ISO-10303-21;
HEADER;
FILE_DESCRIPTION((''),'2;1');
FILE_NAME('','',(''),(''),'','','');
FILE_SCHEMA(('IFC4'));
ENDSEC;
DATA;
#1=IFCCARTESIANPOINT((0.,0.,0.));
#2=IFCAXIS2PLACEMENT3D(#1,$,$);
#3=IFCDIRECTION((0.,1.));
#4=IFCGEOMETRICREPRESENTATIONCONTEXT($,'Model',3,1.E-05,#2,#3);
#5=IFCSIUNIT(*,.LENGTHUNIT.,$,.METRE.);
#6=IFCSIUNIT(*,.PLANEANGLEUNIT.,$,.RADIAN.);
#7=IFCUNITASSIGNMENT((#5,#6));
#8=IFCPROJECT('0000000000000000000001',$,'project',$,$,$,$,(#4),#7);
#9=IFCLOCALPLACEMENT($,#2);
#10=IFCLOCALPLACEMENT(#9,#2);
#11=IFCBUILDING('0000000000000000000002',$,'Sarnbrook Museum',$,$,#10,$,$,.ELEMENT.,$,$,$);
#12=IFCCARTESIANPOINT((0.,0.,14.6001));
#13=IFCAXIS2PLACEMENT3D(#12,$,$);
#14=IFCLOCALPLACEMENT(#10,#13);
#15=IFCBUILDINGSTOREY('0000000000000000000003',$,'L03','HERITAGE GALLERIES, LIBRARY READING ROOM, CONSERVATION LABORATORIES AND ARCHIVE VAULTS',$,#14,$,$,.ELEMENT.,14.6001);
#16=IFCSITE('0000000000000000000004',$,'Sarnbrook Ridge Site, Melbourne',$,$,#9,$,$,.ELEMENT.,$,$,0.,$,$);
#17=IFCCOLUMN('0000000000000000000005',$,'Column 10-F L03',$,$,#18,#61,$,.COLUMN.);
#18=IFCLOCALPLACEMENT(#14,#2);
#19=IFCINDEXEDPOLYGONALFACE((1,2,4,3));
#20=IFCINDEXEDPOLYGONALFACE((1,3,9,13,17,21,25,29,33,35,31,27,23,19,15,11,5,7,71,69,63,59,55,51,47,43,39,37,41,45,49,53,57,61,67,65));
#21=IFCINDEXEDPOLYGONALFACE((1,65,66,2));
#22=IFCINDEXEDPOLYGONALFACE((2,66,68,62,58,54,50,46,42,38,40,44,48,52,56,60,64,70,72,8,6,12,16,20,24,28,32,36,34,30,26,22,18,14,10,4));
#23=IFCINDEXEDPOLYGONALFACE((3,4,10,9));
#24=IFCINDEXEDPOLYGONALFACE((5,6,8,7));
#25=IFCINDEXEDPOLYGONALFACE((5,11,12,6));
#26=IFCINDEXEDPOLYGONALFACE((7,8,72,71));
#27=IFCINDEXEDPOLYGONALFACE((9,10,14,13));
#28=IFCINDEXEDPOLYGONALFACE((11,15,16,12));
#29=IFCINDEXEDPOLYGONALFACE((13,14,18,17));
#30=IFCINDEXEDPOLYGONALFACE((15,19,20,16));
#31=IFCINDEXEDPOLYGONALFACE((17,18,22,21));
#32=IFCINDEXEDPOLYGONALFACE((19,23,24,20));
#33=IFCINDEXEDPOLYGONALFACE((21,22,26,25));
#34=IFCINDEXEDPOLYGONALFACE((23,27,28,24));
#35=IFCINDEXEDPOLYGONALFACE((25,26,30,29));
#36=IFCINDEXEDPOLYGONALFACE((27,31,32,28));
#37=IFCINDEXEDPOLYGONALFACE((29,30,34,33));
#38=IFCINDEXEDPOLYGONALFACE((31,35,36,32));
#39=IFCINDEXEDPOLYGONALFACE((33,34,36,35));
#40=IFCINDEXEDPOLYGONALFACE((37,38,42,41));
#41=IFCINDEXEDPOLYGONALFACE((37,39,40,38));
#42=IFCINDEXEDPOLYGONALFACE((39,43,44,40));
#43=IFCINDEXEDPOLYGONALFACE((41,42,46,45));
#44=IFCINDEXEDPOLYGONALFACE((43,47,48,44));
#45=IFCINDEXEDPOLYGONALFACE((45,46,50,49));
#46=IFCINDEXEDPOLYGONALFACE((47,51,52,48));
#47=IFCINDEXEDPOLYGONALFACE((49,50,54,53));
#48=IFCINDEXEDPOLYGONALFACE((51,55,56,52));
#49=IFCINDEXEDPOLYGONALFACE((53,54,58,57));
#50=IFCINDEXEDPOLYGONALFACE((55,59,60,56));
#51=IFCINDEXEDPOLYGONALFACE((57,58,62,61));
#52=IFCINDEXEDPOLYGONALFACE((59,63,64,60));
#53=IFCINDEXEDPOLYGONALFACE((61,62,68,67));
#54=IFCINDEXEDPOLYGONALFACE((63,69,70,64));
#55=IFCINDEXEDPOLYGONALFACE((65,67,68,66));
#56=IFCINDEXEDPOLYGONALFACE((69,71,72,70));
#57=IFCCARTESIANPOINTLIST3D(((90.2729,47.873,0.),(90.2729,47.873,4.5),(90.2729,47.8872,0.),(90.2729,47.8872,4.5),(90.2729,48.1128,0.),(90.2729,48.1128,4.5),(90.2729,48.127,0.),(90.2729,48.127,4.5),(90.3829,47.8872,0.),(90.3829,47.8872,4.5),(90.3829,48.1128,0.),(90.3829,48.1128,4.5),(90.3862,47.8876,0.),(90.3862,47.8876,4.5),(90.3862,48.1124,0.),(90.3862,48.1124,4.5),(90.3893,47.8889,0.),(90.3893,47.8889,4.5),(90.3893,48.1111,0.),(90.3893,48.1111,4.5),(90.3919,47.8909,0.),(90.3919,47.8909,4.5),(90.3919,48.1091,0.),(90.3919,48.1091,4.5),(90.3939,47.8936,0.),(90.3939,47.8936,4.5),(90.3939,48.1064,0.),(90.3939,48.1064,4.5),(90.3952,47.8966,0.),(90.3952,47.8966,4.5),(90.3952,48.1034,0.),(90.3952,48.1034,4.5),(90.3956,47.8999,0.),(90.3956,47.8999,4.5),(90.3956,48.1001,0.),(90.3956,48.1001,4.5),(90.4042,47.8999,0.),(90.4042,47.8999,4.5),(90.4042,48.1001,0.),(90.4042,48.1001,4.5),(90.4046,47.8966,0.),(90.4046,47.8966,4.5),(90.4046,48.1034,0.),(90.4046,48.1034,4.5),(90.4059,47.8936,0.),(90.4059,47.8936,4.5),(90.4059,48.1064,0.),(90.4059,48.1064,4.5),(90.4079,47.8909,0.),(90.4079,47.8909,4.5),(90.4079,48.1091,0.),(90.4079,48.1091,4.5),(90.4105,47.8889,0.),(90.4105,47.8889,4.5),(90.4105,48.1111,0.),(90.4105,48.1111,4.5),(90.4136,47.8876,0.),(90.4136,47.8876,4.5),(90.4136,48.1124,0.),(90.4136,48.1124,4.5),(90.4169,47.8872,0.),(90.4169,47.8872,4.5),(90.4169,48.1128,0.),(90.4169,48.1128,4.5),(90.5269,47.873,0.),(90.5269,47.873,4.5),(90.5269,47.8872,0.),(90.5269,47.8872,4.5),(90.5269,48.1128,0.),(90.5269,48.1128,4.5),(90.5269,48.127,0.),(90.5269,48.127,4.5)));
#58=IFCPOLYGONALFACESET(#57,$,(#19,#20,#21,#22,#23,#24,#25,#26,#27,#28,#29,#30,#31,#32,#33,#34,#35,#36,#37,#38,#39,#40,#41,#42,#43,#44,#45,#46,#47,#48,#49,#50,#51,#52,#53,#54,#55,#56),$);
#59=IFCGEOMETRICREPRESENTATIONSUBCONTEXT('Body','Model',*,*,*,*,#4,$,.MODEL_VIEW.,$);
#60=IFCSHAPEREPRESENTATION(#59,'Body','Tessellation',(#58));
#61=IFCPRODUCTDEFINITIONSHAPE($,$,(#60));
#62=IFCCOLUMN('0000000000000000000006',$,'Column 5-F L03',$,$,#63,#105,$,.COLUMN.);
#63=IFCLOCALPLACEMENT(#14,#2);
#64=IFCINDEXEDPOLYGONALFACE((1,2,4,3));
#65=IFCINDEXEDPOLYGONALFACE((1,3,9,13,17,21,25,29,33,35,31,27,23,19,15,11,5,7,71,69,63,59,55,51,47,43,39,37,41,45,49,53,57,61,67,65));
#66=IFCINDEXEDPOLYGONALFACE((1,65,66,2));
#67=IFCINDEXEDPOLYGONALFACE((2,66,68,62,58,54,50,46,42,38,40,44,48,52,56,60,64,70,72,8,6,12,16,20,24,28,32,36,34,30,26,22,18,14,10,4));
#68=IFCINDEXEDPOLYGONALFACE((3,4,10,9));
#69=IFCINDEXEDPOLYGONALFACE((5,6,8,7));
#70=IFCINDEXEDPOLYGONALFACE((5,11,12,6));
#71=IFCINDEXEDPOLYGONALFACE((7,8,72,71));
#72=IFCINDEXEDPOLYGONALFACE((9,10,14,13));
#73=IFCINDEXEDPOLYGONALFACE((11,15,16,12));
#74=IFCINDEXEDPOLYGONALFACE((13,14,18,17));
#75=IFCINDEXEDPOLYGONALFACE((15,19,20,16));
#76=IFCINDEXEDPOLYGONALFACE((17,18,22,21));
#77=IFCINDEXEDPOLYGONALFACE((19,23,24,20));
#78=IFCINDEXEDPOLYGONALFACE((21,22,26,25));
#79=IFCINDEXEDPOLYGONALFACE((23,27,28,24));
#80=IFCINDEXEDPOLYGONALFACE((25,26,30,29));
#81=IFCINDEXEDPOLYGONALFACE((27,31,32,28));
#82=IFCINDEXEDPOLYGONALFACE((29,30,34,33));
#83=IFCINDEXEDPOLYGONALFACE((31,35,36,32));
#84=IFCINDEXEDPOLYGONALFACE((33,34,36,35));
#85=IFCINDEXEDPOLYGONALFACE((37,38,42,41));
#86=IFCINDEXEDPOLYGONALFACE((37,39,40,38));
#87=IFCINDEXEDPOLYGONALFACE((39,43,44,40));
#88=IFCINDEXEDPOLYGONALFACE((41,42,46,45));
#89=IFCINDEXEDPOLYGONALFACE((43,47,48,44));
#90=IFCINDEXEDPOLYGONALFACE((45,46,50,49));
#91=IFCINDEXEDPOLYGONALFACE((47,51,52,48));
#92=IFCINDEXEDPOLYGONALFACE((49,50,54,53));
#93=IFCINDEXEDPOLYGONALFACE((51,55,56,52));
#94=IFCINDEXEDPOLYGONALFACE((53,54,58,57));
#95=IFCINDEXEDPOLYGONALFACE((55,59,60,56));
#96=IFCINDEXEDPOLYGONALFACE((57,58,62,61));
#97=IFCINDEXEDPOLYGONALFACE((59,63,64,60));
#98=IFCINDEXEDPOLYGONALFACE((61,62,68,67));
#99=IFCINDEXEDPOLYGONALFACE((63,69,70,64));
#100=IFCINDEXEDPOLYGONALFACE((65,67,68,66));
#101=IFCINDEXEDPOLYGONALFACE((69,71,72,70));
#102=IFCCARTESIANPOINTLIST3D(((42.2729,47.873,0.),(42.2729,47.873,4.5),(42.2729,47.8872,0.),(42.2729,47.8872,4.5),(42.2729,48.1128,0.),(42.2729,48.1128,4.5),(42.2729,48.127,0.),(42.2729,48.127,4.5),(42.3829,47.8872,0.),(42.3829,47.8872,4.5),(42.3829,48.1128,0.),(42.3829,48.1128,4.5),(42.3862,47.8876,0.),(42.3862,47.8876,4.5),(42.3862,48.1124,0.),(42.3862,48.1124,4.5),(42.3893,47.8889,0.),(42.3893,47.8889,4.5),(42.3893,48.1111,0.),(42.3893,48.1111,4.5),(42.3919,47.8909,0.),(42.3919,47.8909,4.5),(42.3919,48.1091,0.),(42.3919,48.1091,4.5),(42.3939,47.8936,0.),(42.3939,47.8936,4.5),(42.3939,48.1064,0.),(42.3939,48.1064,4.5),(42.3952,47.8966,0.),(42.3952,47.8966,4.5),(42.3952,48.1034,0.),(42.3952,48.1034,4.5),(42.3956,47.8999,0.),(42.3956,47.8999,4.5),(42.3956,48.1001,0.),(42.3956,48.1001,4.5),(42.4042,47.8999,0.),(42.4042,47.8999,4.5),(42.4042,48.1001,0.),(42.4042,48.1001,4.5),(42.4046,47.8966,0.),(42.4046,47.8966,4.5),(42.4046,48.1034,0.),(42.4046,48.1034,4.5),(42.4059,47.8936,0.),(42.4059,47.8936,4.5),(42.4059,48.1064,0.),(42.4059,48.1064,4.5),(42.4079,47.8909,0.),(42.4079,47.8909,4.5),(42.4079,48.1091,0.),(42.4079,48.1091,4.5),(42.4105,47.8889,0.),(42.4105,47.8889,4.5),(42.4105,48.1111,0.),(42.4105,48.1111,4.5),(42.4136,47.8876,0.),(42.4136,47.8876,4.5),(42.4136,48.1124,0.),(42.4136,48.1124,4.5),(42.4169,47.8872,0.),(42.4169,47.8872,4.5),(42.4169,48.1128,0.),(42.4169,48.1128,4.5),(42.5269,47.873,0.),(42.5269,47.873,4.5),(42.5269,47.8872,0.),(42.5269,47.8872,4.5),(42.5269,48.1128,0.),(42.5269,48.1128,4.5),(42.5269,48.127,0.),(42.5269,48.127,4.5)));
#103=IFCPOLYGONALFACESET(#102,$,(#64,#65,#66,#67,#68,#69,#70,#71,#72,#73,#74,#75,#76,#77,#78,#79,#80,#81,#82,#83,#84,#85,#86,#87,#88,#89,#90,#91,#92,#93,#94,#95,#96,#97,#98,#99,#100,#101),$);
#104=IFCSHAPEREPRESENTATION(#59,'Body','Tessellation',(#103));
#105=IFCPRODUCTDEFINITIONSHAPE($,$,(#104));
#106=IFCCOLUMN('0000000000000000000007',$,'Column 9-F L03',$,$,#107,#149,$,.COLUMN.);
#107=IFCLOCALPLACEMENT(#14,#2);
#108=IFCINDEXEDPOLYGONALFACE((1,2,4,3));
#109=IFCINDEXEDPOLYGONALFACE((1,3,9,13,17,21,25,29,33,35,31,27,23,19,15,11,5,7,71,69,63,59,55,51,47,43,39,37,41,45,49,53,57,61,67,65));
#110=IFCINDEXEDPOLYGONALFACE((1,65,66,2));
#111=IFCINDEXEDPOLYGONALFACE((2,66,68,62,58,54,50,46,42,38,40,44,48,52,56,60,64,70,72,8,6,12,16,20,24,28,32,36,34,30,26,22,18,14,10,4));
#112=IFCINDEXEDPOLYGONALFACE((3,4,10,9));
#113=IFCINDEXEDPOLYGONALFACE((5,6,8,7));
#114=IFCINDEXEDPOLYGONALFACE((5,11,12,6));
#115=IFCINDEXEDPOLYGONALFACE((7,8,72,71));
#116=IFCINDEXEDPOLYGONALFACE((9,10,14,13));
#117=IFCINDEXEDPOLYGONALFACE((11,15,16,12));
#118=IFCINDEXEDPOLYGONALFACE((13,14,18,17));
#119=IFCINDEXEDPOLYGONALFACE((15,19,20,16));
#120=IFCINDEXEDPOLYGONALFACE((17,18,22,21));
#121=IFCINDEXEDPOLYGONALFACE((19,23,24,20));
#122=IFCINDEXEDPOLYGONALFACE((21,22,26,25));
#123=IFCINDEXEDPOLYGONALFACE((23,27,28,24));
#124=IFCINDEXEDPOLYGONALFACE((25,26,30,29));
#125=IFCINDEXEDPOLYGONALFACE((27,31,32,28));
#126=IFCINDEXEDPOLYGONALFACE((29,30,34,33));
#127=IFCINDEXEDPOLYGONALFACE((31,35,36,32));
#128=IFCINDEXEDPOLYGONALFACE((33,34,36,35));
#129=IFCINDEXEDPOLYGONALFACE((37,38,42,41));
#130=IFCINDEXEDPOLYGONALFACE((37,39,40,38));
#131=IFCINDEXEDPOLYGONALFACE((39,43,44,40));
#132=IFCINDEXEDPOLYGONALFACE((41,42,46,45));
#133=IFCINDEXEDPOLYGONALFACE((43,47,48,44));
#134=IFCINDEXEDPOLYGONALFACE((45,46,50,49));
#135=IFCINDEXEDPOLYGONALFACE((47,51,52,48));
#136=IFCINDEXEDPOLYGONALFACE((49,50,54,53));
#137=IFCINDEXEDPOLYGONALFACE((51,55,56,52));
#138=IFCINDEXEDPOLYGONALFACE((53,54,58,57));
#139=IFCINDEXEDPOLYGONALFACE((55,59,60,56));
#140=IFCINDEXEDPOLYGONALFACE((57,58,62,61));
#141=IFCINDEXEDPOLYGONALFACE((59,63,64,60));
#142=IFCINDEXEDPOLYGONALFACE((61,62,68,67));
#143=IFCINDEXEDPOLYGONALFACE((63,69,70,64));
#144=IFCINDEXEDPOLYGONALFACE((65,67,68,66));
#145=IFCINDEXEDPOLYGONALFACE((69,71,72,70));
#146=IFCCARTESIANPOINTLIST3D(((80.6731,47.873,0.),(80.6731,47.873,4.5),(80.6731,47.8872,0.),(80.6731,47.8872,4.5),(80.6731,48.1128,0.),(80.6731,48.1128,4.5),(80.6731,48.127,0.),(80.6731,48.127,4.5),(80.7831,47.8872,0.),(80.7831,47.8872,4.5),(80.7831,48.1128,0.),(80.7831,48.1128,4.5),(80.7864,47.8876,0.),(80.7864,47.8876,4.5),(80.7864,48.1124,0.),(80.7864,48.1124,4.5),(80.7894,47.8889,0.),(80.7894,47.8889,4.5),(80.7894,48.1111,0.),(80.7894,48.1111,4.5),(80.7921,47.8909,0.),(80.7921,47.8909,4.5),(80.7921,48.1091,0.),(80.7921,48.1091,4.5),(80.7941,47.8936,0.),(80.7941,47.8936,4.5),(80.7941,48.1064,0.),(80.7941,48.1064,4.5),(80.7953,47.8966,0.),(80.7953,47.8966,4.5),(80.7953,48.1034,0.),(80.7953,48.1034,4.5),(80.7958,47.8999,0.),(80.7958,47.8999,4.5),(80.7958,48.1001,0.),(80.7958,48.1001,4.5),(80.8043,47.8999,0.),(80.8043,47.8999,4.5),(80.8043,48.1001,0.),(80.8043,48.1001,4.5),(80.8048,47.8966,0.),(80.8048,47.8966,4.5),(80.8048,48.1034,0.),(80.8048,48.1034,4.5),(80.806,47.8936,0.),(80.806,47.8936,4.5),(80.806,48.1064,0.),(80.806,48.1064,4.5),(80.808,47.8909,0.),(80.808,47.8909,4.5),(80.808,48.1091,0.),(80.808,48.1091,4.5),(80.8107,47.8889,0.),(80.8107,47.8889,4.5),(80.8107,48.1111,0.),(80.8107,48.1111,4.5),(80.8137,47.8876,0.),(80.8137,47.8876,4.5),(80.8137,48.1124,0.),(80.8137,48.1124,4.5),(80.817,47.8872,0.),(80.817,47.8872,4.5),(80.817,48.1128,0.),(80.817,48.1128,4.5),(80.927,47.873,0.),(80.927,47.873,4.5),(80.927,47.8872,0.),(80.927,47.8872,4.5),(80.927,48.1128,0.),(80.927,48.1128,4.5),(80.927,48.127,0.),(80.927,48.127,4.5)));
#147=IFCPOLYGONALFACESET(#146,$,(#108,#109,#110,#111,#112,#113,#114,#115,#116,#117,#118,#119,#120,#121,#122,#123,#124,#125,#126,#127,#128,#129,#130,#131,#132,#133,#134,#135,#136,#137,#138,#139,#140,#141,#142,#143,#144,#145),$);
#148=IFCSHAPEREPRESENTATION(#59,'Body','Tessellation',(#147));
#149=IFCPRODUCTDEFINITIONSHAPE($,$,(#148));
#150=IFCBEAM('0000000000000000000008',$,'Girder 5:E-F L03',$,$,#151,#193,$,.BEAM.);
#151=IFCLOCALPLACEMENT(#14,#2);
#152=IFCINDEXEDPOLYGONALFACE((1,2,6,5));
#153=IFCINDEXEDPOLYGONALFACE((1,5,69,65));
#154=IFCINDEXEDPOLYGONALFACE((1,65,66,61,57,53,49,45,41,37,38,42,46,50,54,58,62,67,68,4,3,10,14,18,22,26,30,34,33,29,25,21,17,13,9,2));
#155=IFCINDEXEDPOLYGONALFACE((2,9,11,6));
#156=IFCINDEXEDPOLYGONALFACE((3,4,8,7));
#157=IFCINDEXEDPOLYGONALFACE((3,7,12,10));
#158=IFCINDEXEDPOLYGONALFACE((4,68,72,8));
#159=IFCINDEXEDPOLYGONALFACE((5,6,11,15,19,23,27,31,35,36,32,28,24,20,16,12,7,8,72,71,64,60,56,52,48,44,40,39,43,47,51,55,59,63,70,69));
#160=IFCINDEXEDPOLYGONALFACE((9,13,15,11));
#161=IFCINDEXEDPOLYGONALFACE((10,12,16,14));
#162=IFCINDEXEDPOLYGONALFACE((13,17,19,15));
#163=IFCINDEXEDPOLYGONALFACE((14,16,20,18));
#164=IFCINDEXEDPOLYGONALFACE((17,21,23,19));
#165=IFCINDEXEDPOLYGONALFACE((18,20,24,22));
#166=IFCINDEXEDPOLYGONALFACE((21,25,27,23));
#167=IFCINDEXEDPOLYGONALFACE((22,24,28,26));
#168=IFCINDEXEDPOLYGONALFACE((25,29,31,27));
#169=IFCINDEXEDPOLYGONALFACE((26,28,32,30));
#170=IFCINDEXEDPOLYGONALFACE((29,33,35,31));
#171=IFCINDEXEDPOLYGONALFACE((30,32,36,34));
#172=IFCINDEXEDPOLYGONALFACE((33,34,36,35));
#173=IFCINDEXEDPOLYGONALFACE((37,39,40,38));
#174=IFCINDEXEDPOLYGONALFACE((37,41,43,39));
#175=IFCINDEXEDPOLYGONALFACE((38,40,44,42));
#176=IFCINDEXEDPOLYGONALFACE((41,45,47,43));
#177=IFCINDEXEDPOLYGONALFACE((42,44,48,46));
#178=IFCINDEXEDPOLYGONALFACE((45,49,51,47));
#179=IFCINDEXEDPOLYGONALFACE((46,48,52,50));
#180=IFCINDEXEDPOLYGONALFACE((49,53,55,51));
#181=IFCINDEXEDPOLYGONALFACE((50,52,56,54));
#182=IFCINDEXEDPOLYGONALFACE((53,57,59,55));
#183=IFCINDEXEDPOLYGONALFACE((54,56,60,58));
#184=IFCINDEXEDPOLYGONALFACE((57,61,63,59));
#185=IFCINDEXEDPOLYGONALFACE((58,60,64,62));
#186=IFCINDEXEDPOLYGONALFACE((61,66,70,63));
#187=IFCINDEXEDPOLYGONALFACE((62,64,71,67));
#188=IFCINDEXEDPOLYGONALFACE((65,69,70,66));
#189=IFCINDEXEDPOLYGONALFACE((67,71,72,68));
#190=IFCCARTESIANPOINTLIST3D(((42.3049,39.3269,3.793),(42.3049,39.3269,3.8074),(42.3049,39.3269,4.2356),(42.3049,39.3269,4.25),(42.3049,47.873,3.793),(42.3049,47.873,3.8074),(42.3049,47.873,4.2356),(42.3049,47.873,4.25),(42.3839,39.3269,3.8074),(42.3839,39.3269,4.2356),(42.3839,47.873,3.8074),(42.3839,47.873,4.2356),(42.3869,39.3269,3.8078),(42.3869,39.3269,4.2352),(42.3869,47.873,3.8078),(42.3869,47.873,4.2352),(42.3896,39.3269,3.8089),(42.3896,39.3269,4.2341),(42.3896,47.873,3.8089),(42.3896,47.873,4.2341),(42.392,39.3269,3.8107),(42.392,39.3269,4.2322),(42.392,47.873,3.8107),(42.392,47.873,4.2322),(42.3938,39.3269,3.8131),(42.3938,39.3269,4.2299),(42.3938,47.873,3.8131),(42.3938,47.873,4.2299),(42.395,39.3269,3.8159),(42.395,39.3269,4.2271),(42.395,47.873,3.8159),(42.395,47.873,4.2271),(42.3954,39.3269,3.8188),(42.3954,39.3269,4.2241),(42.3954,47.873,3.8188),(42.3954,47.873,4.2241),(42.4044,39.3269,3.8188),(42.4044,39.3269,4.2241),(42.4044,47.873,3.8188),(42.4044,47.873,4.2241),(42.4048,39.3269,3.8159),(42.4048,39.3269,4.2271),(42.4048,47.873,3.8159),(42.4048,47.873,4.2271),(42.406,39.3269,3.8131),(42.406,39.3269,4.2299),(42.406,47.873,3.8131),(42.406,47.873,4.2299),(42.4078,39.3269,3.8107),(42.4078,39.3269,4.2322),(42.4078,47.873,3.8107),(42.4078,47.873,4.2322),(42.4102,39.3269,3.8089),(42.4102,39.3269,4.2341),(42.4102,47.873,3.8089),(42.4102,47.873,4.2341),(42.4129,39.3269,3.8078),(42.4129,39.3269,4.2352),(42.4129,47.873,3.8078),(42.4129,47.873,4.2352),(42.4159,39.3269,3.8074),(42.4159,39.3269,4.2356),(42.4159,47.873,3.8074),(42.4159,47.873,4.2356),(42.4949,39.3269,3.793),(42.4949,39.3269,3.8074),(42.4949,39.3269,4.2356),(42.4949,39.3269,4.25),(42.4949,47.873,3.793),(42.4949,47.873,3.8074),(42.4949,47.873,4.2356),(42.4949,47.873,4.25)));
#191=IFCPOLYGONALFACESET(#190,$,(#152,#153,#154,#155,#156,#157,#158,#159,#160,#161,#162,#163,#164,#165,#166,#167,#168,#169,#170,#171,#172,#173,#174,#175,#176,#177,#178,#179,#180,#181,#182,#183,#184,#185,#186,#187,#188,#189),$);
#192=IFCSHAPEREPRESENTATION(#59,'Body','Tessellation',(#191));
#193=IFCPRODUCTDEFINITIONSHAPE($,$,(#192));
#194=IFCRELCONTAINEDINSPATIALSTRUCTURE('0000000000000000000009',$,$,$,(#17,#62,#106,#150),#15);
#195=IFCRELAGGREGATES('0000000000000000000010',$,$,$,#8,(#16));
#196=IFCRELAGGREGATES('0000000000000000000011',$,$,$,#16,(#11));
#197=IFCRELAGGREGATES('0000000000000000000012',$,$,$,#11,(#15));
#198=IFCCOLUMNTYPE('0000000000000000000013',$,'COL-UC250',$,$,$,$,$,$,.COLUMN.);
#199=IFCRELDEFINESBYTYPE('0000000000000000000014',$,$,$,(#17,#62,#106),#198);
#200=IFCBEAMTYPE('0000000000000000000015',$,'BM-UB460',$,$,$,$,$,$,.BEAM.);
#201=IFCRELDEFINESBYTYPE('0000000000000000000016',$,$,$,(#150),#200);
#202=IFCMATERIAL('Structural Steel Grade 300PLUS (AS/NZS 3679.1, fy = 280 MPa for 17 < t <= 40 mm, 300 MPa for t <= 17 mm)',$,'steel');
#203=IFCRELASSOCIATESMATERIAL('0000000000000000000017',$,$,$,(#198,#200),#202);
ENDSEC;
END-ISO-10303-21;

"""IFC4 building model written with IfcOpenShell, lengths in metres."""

from ifc_helpers import new_model, si_unit, direction, frame, origin, origin_2d, place, context, subcontext, project, spatial, i_section, extrude, material, material_profile, profile_set, type_object, element, save


model = new_model("IFC4")

# Units and contexts
model_context = context("Model", 3, precision=1e-05, world=origin(), true_north=direction((0.0, 1.0)))
body_context = subcontext(model_context, "Body", "Model", "MODEL_VIEW")
ifc_project = project(units=[si_unit("LENGTHUNIT", "METRE"), si_unit("PLANEANGLEUNIT", "RADIAN")], contexts=[model_context])

# Site, building, storey
site_placement = place(None, origin())
site = spatial("IfcSite", under=ifc_project, at=site_placement, Name="Sarnbrook Ridge Site, Melbourne", CompositionType="ELEMENT", RefElevation=0.0)
building_placement = place(site_placement, origin())
building = spatial("IfcBuilding", under=site, at=building_placement, Name="Sarnbrook Museum", CompositionType="ELEMENT")
storey_placement = place(building_placement, frame((0.0, 0.0, 14.6001)))
storey = spatial("IfcBuildingStorey", under=building, at=storey_placement, Name="L03", Description="HERITAGE GALLERIES, LIBRARY READING ROOM, CONSERVATION LABORATORIES AND ARCHIVE VAULTS", CompositionType="ELEMENT", Elevation=14.6001)

# Columns
ifc_material_1 = material(Name="Structural Steel Grade 300PLUS (AS/NZS 3679.1, fy = 280 MPa for 17 < t <= 40 mm, 300 MPa for t <= 17 mm)", Category="steel")
ifc_material_profile_1 = material_profile(ifc_material_1, i_section(OverallWidth=0.2539, OverallDepth=0.2539, WebThickness=0.0085, FlangeThickness=0.0142, FilletRadius=0.0127, at=origin_2d()), Name="250UC72.9")
ifc_profile_set_1 = profile_set([ifc_material_profile_1], Name="Structural Steel Grade 300PLUS (AS/NZS 3679.1, fy = 280 MPa for 17 < t <= 40 mm, 300 MPa for t <= 17 mm)")
column_type = type_object("IfcColumnType", Name="COL-UC250", PredefinedType="COLUMN", material=ifc_profile_set_1)
for number, where, z_axis, x_axis, name in (
    (1, (90.3999, 48.0, 0.0), (0.0, 0.0, 1.0), (1.0, 0.0, 0.0), "Column 10-F L03"),
    (2, (42.3999, 48.0, 0.0), (0.0, 0.0, 1.0), (1.0, 0.0, 0.0), "Column 5-F L03"),
    (3, (80.8, 48.0, 0.0), (0.0, 0.0, 1.0), (1.0, 0.0, 0.0), "Column 9-F L03"),
):
    element("IfcColumn", number, at=place(storey_placement, frame(where, z_axis=z_axis, x_axis=x_axis)), inside=storey, type_object=column_type, Name=name, PredefinedType="COLUMN", context=body_context, shape_type="SweptSolid", body=[
        extrude(i_section(OverallWidth=0.2539, OverallDepth=0.2539, WebThickness=0.0085, FlangeThickness=0.0142, FilletRadius=0.0127, at=origin_2d()), origin(), (0.0, 0.0, 1.0), 4.5),
    ])

# Beam
ifc_material_profile_2 = material_profile(ifc_material_1, i_section(OverallWidth=0.1899, OverallDepth=0.457, WebThickness=0.009, FlangeThickness=0.0144, FilletRadius=0.0115, at=origin_2d()), Name="460UB74.6")
ifc_profile_set_2 = profile_set([ifc_material_profile_2], Name="Structural Steel Grade 300PLUS (AS/NZS 3679.1, fy = 280 MPa for 17 < t <= 40 mm, 300 MPa for t <= 17 mm)")
beam_type_1 = type_object("IfcBeamType", Name="BM-UB460", PredefinedType="BEAM", material=ifc_profile_set_2)
for number, where, z_axis, x_axis, name in (
    (4, (42.3999, 39.3269, 4.0215), (0.0, 1.0, 0.0), (-1.0, 0.0, 0.0), "Girder 5:E-F L03"),
):
    element("IfcBeam", number, at=place(storey_placement, frame(where, z_axis=z_axis, x_axis=x_axis)), inside=storey, type_object=beam_type_1, Name=name, PredefinedType="BEAM", context=body_context, shape_type="SweptSolid", body=[
        extrude(i_section(OverallWidth=0.1899, OverallDepth=0.457, WebThickness=0.009, FlangeThickness=0.0144, FilletRadius=0.0115, at=origin_2d()), origin(), (0.0, 0.0, 1.0), 8.5461),
    ])

save(model, "model.ifc")
